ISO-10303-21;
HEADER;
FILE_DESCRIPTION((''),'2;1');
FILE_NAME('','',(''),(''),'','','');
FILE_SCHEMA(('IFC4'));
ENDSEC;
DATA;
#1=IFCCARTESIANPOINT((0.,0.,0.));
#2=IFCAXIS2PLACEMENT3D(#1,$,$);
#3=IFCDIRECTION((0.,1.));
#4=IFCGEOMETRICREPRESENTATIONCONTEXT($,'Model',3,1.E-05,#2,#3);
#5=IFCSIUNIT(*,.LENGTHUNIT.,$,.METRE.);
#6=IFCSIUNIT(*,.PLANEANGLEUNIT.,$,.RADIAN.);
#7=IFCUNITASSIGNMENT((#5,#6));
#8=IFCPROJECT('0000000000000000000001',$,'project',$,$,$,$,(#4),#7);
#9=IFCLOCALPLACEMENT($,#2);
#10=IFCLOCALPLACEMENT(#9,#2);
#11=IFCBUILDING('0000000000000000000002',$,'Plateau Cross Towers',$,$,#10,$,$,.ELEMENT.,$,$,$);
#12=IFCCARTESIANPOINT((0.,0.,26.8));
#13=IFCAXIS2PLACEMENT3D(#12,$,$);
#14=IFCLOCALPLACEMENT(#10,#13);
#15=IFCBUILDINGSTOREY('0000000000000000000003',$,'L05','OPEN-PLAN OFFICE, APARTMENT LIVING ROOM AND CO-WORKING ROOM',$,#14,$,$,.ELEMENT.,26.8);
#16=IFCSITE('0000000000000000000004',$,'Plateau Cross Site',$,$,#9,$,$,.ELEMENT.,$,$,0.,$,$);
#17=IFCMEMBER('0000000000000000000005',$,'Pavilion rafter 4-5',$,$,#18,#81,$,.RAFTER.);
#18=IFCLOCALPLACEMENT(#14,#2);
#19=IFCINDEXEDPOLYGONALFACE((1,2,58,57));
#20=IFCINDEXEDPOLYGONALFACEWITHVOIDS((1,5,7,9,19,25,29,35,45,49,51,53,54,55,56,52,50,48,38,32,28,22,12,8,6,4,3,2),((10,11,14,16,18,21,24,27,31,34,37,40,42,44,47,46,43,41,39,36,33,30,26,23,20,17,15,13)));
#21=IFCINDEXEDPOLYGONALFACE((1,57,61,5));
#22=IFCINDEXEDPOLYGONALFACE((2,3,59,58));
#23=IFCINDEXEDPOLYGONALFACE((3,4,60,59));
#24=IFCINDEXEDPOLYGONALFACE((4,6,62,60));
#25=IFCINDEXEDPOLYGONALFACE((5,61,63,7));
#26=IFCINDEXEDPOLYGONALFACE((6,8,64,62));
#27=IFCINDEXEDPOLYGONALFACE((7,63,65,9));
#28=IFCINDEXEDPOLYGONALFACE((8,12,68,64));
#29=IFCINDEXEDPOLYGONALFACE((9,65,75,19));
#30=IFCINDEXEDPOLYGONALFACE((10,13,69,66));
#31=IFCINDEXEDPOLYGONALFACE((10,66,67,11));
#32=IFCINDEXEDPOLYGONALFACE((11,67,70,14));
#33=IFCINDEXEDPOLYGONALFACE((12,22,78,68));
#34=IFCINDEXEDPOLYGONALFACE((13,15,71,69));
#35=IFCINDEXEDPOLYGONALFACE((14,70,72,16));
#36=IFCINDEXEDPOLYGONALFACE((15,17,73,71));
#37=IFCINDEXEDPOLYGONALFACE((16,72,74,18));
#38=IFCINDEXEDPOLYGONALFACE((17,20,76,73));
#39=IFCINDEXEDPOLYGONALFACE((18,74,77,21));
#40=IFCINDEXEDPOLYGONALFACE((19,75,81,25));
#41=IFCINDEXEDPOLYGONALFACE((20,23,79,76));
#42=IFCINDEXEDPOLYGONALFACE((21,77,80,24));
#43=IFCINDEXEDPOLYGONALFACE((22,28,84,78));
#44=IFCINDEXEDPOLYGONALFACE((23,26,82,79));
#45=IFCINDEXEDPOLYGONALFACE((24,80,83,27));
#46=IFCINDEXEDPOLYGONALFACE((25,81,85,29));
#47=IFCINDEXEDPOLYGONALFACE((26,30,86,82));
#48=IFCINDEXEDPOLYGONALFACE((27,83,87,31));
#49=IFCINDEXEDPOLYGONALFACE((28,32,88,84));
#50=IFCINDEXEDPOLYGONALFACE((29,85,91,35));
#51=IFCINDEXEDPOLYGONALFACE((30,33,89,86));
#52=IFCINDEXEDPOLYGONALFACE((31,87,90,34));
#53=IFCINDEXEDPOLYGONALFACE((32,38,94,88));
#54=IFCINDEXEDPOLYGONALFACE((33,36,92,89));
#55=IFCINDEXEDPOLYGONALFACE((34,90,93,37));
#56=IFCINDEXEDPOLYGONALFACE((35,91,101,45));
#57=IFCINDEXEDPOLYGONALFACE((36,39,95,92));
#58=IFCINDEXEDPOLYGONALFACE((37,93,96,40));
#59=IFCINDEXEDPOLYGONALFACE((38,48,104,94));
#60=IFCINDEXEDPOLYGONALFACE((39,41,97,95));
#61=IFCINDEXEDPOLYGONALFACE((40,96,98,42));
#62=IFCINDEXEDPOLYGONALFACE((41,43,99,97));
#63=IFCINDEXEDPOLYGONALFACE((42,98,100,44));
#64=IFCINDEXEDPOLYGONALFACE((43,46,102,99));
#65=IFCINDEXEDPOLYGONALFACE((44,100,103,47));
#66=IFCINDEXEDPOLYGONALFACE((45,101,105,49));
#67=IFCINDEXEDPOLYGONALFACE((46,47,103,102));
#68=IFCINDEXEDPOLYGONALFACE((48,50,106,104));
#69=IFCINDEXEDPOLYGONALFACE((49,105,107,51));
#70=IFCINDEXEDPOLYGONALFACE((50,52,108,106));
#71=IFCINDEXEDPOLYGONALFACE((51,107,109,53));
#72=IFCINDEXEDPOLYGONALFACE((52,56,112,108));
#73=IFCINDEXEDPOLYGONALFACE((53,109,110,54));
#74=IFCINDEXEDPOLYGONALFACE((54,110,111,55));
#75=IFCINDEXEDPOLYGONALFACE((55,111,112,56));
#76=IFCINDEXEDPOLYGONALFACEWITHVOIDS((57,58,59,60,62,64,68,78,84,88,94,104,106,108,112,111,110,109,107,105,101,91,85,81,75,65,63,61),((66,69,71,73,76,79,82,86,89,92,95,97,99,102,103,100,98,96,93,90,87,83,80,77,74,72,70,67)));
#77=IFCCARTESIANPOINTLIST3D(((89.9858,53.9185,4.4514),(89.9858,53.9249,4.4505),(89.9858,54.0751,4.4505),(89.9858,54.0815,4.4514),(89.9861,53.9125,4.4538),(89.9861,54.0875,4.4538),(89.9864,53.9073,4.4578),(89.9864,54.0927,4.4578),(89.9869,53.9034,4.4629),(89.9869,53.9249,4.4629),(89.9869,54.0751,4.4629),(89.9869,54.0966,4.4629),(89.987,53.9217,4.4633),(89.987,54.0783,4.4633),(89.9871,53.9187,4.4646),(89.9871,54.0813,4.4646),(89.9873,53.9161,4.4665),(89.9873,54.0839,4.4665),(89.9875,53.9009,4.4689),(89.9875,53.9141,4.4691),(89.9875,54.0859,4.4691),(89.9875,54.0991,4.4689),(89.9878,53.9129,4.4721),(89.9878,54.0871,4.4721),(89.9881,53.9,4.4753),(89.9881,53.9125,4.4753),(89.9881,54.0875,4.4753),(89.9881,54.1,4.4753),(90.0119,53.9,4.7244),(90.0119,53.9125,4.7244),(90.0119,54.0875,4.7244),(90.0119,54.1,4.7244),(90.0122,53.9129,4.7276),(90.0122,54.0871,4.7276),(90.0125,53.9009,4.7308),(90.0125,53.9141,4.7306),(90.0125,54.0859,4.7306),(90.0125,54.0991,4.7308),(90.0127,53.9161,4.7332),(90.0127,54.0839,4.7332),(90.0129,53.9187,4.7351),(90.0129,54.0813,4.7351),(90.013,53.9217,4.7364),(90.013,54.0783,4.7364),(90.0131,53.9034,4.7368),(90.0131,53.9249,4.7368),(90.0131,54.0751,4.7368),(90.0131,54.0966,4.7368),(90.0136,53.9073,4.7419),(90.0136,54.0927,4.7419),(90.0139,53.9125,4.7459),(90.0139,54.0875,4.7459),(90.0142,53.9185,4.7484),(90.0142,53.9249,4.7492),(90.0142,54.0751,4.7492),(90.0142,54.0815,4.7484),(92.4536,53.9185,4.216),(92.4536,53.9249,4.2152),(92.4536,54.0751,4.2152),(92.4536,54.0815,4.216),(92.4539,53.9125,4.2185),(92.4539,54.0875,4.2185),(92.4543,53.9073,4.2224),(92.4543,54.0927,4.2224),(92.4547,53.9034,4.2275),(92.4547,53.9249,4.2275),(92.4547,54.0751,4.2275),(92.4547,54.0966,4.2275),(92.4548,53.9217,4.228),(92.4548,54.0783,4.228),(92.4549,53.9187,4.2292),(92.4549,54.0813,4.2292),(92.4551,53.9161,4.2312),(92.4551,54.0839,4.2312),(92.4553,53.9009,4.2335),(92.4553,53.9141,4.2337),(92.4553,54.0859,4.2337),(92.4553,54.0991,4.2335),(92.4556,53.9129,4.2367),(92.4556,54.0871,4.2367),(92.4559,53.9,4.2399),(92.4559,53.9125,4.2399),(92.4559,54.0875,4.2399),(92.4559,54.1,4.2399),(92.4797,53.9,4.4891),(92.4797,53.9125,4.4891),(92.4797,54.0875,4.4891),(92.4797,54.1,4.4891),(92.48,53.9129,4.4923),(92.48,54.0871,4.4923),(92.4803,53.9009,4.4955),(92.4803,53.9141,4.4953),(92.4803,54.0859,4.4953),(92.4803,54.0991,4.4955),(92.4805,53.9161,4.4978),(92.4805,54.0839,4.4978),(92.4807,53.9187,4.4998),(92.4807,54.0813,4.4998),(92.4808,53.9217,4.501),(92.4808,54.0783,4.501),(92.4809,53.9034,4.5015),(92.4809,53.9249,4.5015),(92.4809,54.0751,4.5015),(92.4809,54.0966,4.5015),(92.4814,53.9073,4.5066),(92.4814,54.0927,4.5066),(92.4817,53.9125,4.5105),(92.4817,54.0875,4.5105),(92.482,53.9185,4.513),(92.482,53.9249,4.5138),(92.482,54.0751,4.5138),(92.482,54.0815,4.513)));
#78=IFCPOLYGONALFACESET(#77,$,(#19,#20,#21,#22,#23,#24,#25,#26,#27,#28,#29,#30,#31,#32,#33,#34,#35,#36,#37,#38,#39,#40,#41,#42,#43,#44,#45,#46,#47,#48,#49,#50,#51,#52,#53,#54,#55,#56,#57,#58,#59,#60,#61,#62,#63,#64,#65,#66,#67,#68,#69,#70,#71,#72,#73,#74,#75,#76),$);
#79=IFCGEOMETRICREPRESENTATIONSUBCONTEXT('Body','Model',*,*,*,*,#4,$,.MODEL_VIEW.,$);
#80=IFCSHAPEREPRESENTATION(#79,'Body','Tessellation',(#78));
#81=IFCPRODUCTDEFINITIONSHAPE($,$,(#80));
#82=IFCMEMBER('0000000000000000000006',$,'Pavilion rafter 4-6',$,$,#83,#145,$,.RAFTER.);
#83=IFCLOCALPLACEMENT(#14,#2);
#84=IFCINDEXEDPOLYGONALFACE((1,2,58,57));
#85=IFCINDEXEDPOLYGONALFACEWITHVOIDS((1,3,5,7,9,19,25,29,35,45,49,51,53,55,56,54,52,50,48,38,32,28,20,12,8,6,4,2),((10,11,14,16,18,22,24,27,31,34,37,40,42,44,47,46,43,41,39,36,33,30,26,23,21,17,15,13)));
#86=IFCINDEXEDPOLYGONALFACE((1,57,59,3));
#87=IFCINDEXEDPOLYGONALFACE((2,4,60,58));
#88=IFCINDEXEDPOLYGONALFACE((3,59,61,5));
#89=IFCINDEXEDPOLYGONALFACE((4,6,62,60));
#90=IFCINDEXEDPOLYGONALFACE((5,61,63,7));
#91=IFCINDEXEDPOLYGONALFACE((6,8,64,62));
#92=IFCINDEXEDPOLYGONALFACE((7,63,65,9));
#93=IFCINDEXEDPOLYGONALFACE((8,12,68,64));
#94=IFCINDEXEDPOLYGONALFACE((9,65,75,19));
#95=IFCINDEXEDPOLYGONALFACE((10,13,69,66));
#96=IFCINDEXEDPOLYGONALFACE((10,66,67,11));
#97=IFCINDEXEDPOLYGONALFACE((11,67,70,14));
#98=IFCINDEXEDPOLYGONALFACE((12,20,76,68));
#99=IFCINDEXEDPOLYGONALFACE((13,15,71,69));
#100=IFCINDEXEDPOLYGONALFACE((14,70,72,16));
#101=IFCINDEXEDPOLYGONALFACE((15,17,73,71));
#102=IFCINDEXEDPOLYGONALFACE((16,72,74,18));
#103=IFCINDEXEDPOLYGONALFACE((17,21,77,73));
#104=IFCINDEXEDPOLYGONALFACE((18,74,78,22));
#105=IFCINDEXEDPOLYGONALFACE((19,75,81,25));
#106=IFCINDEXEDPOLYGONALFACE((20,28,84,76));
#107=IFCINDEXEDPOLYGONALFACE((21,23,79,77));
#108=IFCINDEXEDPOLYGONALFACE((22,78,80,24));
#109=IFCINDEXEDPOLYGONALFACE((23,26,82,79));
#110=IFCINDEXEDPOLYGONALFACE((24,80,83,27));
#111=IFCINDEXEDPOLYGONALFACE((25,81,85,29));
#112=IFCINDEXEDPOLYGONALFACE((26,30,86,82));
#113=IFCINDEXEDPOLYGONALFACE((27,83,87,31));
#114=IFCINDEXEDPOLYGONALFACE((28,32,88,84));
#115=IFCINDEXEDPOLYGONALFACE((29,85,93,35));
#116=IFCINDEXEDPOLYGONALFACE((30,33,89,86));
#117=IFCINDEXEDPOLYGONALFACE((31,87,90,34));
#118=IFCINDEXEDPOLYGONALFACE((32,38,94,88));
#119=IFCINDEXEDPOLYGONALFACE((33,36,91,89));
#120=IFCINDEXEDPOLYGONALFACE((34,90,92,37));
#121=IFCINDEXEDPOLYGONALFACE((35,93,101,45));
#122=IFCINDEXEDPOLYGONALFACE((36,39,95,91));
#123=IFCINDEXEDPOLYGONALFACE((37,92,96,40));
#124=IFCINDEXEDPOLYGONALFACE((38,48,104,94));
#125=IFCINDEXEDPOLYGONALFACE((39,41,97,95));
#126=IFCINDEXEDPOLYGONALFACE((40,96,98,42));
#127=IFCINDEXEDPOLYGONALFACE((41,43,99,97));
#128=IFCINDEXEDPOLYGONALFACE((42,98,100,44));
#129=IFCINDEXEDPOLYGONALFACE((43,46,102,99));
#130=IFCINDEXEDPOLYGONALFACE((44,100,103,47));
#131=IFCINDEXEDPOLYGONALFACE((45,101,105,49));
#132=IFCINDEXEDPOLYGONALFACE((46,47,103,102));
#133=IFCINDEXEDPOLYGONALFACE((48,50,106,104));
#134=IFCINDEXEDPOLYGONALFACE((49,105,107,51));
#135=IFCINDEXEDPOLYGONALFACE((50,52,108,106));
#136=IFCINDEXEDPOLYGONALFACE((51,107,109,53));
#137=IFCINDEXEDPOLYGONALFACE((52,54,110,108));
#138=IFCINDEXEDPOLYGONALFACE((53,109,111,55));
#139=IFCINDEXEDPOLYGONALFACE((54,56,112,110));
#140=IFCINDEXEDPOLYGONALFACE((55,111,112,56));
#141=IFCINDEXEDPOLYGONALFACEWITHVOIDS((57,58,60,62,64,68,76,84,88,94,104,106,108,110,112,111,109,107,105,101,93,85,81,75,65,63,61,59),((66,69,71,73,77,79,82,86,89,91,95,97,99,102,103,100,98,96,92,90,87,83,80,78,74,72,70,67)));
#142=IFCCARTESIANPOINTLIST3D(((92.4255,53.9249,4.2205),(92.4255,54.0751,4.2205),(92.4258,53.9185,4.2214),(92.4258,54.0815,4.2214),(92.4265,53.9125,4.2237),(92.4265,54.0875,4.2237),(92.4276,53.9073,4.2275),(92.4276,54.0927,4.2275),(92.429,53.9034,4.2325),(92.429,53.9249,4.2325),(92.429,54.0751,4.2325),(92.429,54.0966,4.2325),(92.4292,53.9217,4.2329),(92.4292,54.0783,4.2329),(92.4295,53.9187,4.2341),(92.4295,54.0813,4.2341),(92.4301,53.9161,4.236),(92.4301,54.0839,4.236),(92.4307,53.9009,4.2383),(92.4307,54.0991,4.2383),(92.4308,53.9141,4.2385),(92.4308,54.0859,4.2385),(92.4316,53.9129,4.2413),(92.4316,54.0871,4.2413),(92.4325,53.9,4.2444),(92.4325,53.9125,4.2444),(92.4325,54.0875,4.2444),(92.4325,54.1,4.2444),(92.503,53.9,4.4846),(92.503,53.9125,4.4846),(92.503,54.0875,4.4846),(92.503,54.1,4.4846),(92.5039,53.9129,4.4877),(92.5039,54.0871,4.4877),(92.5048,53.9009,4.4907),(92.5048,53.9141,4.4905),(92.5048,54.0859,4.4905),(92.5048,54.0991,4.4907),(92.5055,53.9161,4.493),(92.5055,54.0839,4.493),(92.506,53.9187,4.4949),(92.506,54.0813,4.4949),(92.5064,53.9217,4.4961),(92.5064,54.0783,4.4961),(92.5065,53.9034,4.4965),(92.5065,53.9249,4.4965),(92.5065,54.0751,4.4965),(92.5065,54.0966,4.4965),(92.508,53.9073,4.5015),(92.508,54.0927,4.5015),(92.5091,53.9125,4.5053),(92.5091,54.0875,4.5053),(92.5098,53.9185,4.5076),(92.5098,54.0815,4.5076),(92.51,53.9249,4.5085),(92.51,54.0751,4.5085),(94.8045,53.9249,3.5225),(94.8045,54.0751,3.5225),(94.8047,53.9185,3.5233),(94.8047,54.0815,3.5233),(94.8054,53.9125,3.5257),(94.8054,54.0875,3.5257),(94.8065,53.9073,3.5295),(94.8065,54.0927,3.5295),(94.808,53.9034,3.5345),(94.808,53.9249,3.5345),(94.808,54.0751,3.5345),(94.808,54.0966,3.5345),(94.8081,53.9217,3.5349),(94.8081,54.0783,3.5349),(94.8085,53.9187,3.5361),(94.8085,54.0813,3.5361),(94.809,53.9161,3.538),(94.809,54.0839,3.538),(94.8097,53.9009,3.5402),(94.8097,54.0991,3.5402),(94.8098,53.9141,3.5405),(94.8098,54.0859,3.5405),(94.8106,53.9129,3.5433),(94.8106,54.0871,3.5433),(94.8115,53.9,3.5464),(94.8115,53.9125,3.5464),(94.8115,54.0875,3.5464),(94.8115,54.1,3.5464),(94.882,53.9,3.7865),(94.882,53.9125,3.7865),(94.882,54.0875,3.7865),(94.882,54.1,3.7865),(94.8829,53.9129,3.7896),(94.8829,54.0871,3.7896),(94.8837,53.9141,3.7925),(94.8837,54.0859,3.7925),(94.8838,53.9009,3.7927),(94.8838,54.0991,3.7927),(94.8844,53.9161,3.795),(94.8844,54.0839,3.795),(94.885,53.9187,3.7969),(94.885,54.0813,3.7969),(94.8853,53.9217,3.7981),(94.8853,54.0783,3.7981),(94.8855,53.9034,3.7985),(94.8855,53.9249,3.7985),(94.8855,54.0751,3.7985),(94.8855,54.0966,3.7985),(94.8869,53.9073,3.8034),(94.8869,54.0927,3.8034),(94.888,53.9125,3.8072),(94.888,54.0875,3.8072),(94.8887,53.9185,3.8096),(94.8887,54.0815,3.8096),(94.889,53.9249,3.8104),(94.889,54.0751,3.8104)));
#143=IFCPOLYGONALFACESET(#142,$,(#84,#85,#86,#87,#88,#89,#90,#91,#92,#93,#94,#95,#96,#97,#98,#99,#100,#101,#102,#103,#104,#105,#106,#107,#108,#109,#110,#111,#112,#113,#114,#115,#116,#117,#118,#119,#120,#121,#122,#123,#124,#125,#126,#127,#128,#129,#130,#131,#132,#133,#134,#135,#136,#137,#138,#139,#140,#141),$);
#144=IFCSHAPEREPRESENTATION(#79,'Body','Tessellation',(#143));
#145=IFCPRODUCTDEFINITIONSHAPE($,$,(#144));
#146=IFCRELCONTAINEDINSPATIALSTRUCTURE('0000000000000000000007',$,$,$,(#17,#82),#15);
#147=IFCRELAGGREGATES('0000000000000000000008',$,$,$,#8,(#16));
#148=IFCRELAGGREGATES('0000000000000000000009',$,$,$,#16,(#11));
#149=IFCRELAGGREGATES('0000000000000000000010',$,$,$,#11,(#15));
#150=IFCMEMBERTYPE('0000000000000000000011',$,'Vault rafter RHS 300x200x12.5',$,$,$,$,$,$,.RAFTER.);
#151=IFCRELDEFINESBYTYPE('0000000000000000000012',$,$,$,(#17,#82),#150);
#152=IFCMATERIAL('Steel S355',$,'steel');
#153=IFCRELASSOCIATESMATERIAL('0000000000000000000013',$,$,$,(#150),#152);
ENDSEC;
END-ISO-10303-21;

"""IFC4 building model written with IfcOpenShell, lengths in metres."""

from ifc_helpers import new_model, si_unit, direction, frame, origin, origin_2d, place, context, subcontext, project, spatial, hollow_rectangle, extrude, material, material_profile, profile_set, type_object, element, save


model = new_model("IFC4")

# Units and contexts
model_context = context("Model", 3, precision=1e-05, world=origin(), true_north=direction((0.0, 1.0)))
body_context = subcontext(model_context, "Body", "Model", "MODEL_VIEW")
ifc_project = project(units=[si_unit("LENGTHUNIT", "METRE"), si_unit("PLANEANGLEUNIT", "RADIAN")], contexts=[model_context])

# Site, building, storey
site_placement = place(None, origin())
site = spatial("IfcSite", under=ifc_project, at=site_placement, Name="Plateau Cross Site", CompositionType="ELEMENT", RefElevation=0.0)
building_placement = place(site_placement, origin())
building = spatial("IfcBuilding", under=site, at=building_placement, Name="Plateau Cross Towers", CompositionType="ELEMENT")
storey_placement = place(building_placement, frame((0.0, 0.0, 26.8)))
storey = spatial("IfcBuildingStorey", under=building, at=storey_placement, Name="L05", Description="OPEN-PLAN OFFICE, APARTMENT LIVING ROOM AND CO-WORKING ROOM", CompositionType="ELEMENT", Elevation=26.8)

# Shared definitions
ifc_material_1 = material(Name="Steel S355", Category="steel")

# Members
ifc_material_profile_1 = material_profile(ifc_material_1, hollow_rectangle(XDim=0.2, YDim=0.3, WallThickness=0.0125, InnerFilletRadius=0.0125, OuterFilletRadius=0.0249, at=origin_2d()), Name="RHS 300x200x12.5")
ifc_profile_set_1 = profile_set([ifc_material_profile_1], Name="Steel S355")
member_type = type_object("IfcMemberType", Name="Vault rafter RHS 300x200x12.5", PredefinedType="RAFTER", material=ifc_profile_set_1)
for number, where, z_axis, x_axis, name in (
    (1, (90.0, 54.0, 4.5999), (0.995483, 0.0, -0.094939), (0.0, 1.0, 0.0), "Pavilion rafter 4-5"),
):
    element("IfcMember", number, at=place(storey_placement, frame(where, z_axis=z_axis, x_axis=x_axis)), inside=storey, type_object=member_type, Name=name, PredefinedType="RAFTER", context=body_context, shape_type="SweptSolid", body=[
        extrude(hollow_rectangle(XDim=0.2, YDim=0.3, WallThickness=0.0125, InnerFilletRadius=0.0125, OuterFilletRadius=0.0249, at=origin_2d()), origin(), (0.0, 0.0, 1.0), 2.479),
    ])
member_1_placement = place(storey_placement, frame((92.4678, 54.0, 4.3645), z_axis=(0.959549, 0.0, -0.281542), x_axis=(0.0, 1.0, 0.0)))
element("IfcMember", 2, at=member_1_placement, inside=storey, type_object=member_type, Name="Pavilion rafter 4-6", PredefinedType="RAFTER", context=body_context, shape_type="SweptSolid", body=[
    extrude(hollow_rectangle(XDim=0.2, YDim=0.3, WallThickness=0.0125, InnerFilletRadius=0.0125, OuterFilletRadius=0.0249, at=origin_2d()), origin(), (0.0, 0.0, 1.0), 2.4792),
])

save(model, "model.ifc")
